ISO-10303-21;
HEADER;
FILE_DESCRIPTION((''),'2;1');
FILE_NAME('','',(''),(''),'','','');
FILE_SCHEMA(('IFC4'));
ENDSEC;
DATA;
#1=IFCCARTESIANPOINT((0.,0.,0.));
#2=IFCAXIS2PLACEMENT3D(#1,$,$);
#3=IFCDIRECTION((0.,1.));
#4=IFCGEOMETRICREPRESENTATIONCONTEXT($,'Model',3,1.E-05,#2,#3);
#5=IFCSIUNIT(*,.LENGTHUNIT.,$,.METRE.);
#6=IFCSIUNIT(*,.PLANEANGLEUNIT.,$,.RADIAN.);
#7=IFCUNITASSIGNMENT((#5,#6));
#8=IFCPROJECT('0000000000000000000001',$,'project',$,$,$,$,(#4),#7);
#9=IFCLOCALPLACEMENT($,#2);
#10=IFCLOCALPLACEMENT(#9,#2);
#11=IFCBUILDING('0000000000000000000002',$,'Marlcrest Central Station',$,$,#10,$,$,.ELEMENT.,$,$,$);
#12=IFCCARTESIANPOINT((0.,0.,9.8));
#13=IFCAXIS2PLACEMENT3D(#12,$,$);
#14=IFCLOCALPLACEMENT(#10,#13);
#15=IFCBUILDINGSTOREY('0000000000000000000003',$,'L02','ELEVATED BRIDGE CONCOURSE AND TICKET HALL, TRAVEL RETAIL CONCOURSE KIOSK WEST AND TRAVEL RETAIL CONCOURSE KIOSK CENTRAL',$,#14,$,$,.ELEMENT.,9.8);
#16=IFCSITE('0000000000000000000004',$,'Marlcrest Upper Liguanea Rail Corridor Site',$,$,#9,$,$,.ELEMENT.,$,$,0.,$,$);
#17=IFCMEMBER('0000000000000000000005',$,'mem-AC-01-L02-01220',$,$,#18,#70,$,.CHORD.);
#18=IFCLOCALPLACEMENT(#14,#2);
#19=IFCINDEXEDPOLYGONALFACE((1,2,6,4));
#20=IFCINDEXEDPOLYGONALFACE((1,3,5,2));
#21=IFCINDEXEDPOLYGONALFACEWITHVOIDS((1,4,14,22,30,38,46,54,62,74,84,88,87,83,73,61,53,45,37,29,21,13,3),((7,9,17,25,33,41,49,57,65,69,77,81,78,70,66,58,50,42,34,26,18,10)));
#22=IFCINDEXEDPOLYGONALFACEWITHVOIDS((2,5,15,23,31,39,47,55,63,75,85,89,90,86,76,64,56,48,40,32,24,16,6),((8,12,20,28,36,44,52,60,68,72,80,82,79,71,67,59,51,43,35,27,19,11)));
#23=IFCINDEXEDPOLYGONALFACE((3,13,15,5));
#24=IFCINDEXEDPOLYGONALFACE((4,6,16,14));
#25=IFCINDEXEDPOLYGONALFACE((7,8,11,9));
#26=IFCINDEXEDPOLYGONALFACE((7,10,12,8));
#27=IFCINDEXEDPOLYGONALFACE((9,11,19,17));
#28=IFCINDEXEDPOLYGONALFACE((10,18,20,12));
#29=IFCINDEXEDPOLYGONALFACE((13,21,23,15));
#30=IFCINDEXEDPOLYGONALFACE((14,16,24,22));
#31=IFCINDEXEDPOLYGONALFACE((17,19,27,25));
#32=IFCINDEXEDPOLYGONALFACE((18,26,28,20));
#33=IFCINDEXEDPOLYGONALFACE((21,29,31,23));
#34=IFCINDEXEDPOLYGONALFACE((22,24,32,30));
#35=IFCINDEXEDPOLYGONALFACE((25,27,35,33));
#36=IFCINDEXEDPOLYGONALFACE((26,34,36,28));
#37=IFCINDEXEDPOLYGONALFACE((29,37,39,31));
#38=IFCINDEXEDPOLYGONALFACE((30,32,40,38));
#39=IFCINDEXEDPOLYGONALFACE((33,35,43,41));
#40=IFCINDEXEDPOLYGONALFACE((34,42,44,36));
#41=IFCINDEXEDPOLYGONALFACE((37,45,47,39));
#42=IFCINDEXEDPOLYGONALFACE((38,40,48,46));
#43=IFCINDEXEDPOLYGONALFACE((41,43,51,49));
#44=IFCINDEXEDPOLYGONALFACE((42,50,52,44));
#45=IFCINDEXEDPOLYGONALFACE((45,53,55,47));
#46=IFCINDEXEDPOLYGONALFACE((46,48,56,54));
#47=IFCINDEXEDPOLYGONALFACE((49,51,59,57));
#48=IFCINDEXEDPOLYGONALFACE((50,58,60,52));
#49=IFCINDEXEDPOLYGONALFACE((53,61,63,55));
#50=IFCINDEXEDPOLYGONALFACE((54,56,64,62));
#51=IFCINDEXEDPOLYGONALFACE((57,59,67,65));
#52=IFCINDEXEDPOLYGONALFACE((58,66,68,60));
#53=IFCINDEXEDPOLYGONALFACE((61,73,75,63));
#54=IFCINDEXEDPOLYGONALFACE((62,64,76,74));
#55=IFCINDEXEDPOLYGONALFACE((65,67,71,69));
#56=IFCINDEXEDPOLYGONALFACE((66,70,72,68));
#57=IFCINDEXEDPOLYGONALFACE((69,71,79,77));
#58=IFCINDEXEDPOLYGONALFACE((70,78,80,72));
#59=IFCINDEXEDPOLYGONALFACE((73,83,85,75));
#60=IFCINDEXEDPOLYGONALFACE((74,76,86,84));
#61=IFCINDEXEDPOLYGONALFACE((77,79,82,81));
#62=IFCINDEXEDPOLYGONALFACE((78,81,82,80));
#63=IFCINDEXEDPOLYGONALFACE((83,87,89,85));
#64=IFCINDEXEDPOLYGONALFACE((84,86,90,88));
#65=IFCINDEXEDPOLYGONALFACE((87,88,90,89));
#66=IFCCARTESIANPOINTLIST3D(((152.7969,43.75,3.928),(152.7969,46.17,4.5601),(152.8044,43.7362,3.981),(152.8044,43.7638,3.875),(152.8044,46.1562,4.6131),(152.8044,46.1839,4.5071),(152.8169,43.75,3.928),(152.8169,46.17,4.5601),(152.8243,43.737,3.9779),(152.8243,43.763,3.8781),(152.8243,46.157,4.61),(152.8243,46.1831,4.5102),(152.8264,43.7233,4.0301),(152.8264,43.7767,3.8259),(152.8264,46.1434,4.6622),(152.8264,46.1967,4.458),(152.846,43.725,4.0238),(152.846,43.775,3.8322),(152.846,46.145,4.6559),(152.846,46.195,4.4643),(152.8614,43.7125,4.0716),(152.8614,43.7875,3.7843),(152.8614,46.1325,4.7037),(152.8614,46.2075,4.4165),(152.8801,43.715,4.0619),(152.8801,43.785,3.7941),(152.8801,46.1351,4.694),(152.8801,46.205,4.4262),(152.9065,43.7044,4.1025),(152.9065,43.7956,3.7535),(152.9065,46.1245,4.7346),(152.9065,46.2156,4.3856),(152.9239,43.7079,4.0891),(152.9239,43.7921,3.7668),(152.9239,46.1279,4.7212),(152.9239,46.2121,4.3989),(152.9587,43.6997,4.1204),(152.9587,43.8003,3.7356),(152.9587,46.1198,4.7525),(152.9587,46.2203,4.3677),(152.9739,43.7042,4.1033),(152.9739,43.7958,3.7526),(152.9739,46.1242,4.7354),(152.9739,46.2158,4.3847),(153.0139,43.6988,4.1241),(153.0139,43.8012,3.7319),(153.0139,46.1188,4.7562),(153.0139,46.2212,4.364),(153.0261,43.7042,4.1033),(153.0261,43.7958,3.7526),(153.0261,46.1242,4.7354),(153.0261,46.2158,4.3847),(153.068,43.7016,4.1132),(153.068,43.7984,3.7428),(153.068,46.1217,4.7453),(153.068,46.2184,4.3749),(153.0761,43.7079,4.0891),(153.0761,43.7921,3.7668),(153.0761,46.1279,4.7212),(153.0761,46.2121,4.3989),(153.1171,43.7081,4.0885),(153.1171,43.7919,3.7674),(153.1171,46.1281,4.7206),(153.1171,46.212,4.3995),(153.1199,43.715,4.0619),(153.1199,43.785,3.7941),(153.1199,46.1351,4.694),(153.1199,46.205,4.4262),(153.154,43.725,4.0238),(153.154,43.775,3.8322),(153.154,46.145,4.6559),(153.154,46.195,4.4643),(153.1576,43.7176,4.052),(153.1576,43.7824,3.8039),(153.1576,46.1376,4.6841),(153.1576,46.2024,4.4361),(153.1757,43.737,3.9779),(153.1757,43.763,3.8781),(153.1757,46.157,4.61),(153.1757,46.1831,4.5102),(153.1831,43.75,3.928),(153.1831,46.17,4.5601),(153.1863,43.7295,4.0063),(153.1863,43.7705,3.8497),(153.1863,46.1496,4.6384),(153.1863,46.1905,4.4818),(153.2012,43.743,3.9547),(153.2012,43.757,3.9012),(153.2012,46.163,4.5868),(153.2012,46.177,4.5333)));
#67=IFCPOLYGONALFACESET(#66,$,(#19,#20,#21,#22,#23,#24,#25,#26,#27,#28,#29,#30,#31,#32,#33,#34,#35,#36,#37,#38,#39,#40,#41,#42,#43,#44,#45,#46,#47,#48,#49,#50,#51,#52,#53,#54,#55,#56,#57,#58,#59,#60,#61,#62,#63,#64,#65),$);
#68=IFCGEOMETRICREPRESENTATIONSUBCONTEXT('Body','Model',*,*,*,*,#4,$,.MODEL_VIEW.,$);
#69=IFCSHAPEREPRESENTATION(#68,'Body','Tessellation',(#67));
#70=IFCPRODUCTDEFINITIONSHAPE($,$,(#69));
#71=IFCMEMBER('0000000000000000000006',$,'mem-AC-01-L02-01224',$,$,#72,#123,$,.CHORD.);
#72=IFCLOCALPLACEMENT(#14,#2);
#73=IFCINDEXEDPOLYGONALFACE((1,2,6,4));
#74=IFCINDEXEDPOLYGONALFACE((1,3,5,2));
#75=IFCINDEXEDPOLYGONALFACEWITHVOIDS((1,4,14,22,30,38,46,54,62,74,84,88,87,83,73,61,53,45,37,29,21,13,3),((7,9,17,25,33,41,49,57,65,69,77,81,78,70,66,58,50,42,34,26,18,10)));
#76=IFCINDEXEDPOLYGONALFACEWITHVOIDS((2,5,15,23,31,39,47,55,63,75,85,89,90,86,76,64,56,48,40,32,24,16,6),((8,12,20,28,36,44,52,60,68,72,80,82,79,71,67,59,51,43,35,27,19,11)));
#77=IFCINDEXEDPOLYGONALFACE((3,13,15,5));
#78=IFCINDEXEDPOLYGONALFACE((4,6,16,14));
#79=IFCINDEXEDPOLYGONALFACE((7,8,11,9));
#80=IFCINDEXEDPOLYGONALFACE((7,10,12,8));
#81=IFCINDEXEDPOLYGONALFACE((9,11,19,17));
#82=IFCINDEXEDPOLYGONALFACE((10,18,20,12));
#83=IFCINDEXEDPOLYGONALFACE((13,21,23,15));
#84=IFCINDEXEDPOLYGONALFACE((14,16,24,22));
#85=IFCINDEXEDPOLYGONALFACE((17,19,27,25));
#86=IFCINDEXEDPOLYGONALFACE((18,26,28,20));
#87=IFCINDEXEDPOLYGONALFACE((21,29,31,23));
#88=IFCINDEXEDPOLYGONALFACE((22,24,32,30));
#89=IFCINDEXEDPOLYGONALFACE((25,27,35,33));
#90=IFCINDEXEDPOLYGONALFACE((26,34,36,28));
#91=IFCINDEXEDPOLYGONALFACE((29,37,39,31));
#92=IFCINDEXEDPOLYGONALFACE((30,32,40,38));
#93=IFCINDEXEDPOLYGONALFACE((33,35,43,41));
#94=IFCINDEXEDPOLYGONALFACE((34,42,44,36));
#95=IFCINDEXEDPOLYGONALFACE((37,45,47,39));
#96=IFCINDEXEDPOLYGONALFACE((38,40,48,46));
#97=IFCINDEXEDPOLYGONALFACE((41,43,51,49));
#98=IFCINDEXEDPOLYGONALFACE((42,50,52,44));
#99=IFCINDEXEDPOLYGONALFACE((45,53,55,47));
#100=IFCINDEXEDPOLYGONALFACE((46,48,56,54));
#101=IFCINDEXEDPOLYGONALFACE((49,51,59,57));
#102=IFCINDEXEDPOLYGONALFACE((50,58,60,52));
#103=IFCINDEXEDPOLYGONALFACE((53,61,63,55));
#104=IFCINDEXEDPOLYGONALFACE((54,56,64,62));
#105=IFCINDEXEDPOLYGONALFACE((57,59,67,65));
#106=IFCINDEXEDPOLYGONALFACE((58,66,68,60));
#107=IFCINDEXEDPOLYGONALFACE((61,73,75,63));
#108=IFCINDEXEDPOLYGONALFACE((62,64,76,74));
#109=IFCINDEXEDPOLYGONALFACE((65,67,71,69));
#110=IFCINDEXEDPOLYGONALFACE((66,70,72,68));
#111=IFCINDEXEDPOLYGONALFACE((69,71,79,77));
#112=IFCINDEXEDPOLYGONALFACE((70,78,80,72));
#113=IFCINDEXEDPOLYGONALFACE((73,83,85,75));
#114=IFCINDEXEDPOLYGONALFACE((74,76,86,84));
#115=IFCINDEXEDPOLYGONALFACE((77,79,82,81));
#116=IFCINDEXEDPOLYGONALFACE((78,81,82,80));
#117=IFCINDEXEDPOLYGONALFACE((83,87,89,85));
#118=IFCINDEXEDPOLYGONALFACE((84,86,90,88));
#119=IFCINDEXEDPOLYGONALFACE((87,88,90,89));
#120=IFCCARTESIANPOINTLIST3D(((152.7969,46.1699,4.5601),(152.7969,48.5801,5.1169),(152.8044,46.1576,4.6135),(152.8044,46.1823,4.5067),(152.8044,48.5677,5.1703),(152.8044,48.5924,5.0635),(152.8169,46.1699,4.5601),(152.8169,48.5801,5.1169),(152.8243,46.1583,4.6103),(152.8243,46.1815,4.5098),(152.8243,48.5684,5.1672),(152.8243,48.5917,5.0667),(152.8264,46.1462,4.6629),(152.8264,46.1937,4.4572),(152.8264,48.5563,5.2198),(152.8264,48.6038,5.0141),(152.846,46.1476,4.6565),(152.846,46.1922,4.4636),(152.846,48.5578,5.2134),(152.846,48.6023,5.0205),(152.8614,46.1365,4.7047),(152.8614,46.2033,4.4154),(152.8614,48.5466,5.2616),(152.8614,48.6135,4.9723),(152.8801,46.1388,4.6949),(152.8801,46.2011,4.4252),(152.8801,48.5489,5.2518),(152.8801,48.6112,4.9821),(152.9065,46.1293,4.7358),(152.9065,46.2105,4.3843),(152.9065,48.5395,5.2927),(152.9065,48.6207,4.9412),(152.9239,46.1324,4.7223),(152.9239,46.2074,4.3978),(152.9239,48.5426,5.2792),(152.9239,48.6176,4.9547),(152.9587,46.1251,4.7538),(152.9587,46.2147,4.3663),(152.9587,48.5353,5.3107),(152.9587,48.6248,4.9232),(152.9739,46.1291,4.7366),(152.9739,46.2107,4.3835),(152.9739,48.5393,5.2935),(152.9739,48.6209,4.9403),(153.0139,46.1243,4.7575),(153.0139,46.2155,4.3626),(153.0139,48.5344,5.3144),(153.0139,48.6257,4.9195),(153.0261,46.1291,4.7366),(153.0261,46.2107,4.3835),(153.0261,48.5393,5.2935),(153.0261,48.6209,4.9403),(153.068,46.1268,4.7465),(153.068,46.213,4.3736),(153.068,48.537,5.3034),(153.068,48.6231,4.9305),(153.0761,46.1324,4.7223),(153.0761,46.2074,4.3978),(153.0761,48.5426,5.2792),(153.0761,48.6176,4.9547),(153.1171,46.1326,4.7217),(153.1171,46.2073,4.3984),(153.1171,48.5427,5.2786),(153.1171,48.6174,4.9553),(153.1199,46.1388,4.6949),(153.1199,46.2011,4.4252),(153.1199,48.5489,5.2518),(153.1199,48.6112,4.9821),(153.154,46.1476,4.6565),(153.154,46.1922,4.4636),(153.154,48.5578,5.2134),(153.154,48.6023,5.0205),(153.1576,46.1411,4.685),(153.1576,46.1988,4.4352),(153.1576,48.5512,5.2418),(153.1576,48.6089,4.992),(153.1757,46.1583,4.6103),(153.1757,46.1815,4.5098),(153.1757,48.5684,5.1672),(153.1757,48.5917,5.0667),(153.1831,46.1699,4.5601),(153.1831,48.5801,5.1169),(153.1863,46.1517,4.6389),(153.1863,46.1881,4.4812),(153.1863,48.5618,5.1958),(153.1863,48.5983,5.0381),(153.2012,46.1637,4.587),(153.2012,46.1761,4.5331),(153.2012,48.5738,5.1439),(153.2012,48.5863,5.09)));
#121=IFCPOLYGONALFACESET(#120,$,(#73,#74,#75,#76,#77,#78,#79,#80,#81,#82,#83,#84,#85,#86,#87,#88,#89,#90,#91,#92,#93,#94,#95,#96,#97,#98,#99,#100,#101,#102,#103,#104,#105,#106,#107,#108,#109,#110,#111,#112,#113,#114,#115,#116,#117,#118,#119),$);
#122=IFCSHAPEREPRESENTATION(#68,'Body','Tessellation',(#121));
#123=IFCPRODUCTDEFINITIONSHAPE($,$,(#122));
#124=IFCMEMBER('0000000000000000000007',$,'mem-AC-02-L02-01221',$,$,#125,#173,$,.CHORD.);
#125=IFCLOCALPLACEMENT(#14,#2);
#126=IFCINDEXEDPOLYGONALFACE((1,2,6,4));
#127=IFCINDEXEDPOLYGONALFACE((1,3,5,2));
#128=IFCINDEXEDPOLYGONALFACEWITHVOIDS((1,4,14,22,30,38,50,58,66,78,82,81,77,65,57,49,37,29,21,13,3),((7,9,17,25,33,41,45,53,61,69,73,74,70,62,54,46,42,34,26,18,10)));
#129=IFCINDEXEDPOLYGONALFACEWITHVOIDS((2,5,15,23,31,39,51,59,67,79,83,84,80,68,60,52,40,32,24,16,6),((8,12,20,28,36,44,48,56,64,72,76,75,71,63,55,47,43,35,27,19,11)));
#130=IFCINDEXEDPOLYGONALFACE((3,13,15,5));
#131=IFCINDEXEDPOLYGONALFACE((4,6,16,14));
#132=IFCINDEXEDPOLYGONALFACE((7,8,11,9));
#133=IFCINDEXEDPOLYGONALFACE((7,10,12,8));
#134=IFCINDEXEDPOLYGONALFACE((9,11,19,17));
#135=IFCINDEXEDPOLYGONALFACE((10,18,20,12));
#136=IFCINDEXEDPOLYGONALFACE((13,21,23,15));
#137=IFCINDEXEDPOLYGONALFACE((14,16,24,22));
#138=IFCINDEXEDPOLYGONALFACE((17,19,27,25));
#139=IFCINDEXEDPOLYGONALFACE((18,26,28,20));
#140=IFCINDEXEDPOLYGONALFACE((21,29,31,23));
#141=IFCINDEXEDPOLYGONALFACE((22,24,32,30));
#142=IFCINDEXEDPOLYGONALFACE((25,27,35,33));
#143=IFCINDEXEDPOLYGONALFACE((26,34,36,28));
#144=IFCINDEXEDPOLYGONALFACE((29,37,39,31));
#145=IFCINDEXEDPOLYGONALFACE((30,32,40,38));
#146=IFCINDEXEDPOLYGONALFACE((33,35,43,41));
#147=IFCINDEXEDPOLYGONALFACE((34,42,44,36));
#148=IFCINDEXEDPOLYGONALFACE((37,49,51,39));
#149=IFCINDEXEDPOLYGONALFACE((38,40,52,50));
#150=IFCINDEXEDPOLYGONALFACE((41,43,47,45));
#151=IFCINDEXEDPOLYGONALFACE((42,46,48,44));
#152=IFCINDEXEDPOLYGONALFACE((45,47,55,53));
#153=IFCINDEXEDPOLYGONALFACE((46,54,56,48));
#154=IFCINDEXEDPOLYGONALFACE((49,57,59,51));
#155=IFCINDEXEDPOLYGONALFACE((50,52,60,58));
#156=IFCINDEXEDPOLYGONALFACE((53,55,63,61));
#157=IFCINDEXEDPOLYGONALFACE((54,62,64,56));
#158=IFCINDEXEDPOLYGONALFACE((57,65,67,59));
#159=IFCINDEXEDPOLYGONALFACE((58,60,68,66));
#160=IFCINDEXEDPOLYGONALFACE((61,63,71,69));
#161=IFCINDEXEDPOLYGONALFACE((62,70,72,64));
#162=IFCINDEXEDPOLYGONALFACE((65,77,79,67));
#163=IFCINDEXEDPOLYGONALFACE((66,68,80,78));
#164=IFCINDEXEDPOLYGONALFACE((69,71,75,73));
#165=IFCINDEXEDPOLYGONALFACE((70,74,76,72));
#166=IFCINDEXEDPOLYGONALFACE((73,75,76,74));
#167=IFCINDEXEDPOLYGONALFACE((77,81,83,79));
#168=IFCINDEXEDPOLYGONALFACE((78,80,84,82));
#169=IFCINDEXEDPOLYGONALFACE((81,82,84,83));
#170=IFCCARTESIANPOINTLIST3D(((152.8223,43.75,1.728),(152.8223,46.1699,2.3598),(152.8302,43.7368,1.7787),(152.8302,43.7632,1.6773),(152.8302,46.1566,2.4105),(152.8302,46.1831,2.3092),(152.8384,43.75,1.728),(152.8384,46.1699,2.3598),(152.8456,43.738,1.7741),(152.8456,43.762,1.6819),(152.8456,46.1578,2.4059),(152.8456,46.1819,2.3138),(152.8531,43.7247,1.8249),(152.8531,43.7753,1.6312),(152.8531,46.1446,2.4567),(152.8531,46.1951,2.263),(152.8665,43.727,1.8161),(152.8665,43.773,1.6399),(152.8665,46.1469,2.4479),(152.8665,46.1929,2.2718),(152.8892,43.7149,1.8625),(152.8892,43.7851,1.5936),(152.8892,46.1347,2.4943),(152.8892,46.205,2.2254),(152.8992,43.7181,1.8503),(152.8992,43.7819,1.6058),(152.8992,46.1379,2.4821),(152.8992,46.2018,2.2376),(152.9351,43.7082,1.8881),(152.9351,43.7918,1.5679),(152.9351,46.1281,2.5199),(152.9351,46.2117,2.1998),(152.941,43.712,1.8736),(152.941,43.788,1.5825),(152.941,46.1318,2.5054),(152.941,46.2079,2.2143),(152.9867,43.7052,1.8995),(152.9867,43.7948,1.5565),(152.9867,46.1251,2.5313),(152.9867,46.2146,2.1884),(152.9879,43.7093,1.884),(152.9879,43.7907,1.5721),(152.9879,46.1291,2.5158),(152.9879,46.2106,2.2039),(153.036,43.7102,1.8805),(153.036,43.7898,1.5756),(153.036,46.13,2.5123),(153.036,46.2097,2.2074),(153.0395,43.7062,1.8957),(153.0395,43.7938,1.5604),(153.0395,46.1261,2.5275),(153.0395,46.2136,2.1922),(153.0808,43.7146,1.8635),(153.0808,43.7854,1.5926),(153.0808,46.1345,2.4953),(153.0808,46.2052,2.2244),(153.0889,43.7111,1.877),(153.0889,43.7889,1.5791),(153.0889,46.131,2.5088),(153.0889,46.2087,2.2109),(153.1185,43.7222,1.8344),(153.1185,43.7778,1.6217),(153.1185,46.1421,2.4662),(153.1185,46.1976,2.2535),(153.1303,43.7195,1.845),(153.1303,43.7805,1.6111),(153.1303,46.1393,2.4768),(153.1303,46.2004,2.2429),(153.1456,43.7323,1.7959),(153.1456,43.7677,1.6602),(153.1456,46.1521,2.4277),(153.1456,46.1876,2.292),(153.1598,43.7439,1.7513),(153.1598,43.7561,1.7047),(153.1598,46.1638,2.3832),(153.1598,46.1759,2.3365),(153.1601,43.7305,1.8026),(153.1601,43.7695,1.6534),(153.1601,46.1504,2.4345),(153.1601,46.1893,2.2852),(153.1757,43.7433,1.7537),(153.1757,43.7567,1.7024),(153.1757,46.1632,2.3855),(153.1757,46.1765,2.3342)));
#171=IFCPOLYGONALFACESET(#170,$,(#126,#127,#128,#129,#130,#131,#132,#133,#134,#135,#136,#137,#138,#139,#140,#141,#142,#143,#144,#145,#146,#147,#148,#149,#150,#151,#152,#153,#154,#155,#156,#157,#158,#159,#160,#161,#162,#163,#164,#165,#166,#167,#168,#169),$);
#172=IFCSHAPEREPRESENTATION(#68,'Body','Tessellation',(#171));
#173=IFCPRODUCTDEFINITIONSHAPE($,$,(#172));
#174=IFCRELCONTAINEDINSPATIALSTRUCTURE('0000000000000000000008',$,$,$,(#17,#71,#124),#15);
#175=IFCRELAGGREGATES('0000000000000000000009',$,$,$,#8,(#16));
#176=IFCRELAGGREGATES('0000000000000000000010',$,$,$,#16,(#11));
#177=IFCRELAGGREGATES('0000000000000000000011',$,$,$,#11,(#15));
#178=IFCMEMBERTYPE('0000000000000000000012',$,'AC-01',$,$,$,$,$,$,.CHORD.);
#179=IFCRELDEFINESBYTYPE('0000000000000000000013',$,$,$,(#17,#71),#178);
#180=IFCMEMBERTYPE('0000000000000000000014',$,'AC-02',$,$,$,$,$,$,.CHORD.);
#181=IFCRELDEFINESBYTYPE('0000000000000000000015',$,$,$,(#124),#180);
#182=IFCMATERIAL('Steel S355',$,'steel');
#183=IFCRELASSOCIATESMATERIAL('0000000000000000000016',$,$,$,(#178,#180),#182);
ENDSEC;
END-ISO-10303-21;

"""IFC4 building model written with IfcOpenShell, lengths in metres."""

from ifc_helpers import new_model, si_unit, direction, frame, origin, origin_2d, place, context, subcontext, project, spatial, hollow_circle, extrude, material, material_profile, profile_set, type_object, element, save


model = new_model("IFC4")

# Units and contexts
model_context = context("Model", 3, precision=1e-05, world=origin(), true_north=direction((0.0, 1.0)))
body_context = subcontext(model_context, "Body", "Model", "MODEL_VIEW")
ifc_project = project(units=[si_unit("LENGTHUNIT", "METRE"), si_unit("PLANEANGLEUNIT", "RADIAN")], contexts=[model_context])

# Site, building, storey
site_placement = place(None, origin())
site = spatial("IfcSite", under=ifc_project, at=site_placement, Name="Marlcrest Upper Liguanea Rail Corridor Site", CompositionType="ELEMENT", RefElevation=0.0)
building_placement = place(site_placement, origin())
building = spatial("IfcBuilding", under=site, at=building_placement, Name="Marlcrest Central Station", CompositionType="ELEMENT")
storey_placement = place(building_placement, frame((0.0, 0.0, 9.8)))
storey = spatial("IfcBuildingStorey", under=building, at=storey_placement, Name="L02", Description="ELEVATED BRIDGE CONCOURSE AND TICKET HALL, TRAVEL RETAIL CONCOURSE KIOSK WEST AND TRAVEL RETAIL CONCOURSE KIOSK CENTRAL", CompositionType="ELEMENT", Elevation=9.8)

# Members
ifc_material_1 = material(Name="Steel S355", Category="steel")
ifc_material_profile_1 = material_profile(ifc_material_1, hollow_circle(Radius=0.2031, WallThickness=0.02, at=origin_2d()), Name="CHS 406.4x20")
ifc_profile_set_1 = profile_set([ifc_material_profile_1], Name="Steel S355")
member_type_1 = type_object("IfcMemberType", Name="AC-01", PredefinedType="CHORD", material=ifc_profile_set_1)
member_1_placement = place(storey_placement, frame((153.0, 43.75, 3.928), z_axis=(0.0, 0.967539, 0.25272), x_axis=(-1.0, 0.0, 0.0)))
element("IfcMember", 1, at=member_1_placement, inside=storey, type_object=member_type_1, Name="mem-AC-01-L02-01220", PredefinedType="CHORD", context=body_context, shape_type="SweptSolid", body=[
    extrude(hollow_circle(Radius=0.2031, WallThickness=0.02, at=origin_2d()), origin(), (0.0, 0.0, 1.0), 2.5012),
])
member_2_placement = place(storey_placement, frame((153.0, 46.1699, 4.5601), z_axis=(0.0, 0.97433, 0.225126), x_axis=(-1.0, 0.0, 0.0)))
element("IfcMember", 2, at=member_2_placement, inside=storey, type_object=member_type_1, Name="mem-AC-01-L02-01224", PredefinedType="CHORD", context=body_context, shape_type="SweptSolid", body=[
    extrude(hollow_circle(Radius=0.2031, WallThickness=0.02, at=origin_2d()), origin(), (0.0, 0.0, 1.0), 2.4736),
])
ifc_material_profile_2 = material_profile(ifc_material_1, hollow_circle(Radius=0.1777, WallThickness=0.0161, at=origin_2d()), Name="CHS 355.6x16")
ifc_profile_set_2 = profile_set([ifc_material_profile_2], Name="Steel S355")
member_type_2 = type_object("IfcMemberType", Name="AC-02", PredefinedType="CHORD", material=ifc_profile_set_2)
member_3_placement = place(storey_placement, frame((153.0, 43.75, 1.728), z_axis=(0.0, 0.967563, 0.252629), x_axis=(-1.0, 0.0, 0.0)))
element("IfcMember", 3, at=member_3_placement, inside=storey, type_object=member_type_2, Name="mem-AC-02-L02-01221", PredefinedType="CHORD", context=body_context, shape_type="SweptSolid", body=[
    extrude(hollow_circle(Radius=0.1777, WallThickness=0.0161, at=origin_2d()), origin(), (0.0, 0.0, 1.0), 2.501),
])

save(model, "model.ifc")
